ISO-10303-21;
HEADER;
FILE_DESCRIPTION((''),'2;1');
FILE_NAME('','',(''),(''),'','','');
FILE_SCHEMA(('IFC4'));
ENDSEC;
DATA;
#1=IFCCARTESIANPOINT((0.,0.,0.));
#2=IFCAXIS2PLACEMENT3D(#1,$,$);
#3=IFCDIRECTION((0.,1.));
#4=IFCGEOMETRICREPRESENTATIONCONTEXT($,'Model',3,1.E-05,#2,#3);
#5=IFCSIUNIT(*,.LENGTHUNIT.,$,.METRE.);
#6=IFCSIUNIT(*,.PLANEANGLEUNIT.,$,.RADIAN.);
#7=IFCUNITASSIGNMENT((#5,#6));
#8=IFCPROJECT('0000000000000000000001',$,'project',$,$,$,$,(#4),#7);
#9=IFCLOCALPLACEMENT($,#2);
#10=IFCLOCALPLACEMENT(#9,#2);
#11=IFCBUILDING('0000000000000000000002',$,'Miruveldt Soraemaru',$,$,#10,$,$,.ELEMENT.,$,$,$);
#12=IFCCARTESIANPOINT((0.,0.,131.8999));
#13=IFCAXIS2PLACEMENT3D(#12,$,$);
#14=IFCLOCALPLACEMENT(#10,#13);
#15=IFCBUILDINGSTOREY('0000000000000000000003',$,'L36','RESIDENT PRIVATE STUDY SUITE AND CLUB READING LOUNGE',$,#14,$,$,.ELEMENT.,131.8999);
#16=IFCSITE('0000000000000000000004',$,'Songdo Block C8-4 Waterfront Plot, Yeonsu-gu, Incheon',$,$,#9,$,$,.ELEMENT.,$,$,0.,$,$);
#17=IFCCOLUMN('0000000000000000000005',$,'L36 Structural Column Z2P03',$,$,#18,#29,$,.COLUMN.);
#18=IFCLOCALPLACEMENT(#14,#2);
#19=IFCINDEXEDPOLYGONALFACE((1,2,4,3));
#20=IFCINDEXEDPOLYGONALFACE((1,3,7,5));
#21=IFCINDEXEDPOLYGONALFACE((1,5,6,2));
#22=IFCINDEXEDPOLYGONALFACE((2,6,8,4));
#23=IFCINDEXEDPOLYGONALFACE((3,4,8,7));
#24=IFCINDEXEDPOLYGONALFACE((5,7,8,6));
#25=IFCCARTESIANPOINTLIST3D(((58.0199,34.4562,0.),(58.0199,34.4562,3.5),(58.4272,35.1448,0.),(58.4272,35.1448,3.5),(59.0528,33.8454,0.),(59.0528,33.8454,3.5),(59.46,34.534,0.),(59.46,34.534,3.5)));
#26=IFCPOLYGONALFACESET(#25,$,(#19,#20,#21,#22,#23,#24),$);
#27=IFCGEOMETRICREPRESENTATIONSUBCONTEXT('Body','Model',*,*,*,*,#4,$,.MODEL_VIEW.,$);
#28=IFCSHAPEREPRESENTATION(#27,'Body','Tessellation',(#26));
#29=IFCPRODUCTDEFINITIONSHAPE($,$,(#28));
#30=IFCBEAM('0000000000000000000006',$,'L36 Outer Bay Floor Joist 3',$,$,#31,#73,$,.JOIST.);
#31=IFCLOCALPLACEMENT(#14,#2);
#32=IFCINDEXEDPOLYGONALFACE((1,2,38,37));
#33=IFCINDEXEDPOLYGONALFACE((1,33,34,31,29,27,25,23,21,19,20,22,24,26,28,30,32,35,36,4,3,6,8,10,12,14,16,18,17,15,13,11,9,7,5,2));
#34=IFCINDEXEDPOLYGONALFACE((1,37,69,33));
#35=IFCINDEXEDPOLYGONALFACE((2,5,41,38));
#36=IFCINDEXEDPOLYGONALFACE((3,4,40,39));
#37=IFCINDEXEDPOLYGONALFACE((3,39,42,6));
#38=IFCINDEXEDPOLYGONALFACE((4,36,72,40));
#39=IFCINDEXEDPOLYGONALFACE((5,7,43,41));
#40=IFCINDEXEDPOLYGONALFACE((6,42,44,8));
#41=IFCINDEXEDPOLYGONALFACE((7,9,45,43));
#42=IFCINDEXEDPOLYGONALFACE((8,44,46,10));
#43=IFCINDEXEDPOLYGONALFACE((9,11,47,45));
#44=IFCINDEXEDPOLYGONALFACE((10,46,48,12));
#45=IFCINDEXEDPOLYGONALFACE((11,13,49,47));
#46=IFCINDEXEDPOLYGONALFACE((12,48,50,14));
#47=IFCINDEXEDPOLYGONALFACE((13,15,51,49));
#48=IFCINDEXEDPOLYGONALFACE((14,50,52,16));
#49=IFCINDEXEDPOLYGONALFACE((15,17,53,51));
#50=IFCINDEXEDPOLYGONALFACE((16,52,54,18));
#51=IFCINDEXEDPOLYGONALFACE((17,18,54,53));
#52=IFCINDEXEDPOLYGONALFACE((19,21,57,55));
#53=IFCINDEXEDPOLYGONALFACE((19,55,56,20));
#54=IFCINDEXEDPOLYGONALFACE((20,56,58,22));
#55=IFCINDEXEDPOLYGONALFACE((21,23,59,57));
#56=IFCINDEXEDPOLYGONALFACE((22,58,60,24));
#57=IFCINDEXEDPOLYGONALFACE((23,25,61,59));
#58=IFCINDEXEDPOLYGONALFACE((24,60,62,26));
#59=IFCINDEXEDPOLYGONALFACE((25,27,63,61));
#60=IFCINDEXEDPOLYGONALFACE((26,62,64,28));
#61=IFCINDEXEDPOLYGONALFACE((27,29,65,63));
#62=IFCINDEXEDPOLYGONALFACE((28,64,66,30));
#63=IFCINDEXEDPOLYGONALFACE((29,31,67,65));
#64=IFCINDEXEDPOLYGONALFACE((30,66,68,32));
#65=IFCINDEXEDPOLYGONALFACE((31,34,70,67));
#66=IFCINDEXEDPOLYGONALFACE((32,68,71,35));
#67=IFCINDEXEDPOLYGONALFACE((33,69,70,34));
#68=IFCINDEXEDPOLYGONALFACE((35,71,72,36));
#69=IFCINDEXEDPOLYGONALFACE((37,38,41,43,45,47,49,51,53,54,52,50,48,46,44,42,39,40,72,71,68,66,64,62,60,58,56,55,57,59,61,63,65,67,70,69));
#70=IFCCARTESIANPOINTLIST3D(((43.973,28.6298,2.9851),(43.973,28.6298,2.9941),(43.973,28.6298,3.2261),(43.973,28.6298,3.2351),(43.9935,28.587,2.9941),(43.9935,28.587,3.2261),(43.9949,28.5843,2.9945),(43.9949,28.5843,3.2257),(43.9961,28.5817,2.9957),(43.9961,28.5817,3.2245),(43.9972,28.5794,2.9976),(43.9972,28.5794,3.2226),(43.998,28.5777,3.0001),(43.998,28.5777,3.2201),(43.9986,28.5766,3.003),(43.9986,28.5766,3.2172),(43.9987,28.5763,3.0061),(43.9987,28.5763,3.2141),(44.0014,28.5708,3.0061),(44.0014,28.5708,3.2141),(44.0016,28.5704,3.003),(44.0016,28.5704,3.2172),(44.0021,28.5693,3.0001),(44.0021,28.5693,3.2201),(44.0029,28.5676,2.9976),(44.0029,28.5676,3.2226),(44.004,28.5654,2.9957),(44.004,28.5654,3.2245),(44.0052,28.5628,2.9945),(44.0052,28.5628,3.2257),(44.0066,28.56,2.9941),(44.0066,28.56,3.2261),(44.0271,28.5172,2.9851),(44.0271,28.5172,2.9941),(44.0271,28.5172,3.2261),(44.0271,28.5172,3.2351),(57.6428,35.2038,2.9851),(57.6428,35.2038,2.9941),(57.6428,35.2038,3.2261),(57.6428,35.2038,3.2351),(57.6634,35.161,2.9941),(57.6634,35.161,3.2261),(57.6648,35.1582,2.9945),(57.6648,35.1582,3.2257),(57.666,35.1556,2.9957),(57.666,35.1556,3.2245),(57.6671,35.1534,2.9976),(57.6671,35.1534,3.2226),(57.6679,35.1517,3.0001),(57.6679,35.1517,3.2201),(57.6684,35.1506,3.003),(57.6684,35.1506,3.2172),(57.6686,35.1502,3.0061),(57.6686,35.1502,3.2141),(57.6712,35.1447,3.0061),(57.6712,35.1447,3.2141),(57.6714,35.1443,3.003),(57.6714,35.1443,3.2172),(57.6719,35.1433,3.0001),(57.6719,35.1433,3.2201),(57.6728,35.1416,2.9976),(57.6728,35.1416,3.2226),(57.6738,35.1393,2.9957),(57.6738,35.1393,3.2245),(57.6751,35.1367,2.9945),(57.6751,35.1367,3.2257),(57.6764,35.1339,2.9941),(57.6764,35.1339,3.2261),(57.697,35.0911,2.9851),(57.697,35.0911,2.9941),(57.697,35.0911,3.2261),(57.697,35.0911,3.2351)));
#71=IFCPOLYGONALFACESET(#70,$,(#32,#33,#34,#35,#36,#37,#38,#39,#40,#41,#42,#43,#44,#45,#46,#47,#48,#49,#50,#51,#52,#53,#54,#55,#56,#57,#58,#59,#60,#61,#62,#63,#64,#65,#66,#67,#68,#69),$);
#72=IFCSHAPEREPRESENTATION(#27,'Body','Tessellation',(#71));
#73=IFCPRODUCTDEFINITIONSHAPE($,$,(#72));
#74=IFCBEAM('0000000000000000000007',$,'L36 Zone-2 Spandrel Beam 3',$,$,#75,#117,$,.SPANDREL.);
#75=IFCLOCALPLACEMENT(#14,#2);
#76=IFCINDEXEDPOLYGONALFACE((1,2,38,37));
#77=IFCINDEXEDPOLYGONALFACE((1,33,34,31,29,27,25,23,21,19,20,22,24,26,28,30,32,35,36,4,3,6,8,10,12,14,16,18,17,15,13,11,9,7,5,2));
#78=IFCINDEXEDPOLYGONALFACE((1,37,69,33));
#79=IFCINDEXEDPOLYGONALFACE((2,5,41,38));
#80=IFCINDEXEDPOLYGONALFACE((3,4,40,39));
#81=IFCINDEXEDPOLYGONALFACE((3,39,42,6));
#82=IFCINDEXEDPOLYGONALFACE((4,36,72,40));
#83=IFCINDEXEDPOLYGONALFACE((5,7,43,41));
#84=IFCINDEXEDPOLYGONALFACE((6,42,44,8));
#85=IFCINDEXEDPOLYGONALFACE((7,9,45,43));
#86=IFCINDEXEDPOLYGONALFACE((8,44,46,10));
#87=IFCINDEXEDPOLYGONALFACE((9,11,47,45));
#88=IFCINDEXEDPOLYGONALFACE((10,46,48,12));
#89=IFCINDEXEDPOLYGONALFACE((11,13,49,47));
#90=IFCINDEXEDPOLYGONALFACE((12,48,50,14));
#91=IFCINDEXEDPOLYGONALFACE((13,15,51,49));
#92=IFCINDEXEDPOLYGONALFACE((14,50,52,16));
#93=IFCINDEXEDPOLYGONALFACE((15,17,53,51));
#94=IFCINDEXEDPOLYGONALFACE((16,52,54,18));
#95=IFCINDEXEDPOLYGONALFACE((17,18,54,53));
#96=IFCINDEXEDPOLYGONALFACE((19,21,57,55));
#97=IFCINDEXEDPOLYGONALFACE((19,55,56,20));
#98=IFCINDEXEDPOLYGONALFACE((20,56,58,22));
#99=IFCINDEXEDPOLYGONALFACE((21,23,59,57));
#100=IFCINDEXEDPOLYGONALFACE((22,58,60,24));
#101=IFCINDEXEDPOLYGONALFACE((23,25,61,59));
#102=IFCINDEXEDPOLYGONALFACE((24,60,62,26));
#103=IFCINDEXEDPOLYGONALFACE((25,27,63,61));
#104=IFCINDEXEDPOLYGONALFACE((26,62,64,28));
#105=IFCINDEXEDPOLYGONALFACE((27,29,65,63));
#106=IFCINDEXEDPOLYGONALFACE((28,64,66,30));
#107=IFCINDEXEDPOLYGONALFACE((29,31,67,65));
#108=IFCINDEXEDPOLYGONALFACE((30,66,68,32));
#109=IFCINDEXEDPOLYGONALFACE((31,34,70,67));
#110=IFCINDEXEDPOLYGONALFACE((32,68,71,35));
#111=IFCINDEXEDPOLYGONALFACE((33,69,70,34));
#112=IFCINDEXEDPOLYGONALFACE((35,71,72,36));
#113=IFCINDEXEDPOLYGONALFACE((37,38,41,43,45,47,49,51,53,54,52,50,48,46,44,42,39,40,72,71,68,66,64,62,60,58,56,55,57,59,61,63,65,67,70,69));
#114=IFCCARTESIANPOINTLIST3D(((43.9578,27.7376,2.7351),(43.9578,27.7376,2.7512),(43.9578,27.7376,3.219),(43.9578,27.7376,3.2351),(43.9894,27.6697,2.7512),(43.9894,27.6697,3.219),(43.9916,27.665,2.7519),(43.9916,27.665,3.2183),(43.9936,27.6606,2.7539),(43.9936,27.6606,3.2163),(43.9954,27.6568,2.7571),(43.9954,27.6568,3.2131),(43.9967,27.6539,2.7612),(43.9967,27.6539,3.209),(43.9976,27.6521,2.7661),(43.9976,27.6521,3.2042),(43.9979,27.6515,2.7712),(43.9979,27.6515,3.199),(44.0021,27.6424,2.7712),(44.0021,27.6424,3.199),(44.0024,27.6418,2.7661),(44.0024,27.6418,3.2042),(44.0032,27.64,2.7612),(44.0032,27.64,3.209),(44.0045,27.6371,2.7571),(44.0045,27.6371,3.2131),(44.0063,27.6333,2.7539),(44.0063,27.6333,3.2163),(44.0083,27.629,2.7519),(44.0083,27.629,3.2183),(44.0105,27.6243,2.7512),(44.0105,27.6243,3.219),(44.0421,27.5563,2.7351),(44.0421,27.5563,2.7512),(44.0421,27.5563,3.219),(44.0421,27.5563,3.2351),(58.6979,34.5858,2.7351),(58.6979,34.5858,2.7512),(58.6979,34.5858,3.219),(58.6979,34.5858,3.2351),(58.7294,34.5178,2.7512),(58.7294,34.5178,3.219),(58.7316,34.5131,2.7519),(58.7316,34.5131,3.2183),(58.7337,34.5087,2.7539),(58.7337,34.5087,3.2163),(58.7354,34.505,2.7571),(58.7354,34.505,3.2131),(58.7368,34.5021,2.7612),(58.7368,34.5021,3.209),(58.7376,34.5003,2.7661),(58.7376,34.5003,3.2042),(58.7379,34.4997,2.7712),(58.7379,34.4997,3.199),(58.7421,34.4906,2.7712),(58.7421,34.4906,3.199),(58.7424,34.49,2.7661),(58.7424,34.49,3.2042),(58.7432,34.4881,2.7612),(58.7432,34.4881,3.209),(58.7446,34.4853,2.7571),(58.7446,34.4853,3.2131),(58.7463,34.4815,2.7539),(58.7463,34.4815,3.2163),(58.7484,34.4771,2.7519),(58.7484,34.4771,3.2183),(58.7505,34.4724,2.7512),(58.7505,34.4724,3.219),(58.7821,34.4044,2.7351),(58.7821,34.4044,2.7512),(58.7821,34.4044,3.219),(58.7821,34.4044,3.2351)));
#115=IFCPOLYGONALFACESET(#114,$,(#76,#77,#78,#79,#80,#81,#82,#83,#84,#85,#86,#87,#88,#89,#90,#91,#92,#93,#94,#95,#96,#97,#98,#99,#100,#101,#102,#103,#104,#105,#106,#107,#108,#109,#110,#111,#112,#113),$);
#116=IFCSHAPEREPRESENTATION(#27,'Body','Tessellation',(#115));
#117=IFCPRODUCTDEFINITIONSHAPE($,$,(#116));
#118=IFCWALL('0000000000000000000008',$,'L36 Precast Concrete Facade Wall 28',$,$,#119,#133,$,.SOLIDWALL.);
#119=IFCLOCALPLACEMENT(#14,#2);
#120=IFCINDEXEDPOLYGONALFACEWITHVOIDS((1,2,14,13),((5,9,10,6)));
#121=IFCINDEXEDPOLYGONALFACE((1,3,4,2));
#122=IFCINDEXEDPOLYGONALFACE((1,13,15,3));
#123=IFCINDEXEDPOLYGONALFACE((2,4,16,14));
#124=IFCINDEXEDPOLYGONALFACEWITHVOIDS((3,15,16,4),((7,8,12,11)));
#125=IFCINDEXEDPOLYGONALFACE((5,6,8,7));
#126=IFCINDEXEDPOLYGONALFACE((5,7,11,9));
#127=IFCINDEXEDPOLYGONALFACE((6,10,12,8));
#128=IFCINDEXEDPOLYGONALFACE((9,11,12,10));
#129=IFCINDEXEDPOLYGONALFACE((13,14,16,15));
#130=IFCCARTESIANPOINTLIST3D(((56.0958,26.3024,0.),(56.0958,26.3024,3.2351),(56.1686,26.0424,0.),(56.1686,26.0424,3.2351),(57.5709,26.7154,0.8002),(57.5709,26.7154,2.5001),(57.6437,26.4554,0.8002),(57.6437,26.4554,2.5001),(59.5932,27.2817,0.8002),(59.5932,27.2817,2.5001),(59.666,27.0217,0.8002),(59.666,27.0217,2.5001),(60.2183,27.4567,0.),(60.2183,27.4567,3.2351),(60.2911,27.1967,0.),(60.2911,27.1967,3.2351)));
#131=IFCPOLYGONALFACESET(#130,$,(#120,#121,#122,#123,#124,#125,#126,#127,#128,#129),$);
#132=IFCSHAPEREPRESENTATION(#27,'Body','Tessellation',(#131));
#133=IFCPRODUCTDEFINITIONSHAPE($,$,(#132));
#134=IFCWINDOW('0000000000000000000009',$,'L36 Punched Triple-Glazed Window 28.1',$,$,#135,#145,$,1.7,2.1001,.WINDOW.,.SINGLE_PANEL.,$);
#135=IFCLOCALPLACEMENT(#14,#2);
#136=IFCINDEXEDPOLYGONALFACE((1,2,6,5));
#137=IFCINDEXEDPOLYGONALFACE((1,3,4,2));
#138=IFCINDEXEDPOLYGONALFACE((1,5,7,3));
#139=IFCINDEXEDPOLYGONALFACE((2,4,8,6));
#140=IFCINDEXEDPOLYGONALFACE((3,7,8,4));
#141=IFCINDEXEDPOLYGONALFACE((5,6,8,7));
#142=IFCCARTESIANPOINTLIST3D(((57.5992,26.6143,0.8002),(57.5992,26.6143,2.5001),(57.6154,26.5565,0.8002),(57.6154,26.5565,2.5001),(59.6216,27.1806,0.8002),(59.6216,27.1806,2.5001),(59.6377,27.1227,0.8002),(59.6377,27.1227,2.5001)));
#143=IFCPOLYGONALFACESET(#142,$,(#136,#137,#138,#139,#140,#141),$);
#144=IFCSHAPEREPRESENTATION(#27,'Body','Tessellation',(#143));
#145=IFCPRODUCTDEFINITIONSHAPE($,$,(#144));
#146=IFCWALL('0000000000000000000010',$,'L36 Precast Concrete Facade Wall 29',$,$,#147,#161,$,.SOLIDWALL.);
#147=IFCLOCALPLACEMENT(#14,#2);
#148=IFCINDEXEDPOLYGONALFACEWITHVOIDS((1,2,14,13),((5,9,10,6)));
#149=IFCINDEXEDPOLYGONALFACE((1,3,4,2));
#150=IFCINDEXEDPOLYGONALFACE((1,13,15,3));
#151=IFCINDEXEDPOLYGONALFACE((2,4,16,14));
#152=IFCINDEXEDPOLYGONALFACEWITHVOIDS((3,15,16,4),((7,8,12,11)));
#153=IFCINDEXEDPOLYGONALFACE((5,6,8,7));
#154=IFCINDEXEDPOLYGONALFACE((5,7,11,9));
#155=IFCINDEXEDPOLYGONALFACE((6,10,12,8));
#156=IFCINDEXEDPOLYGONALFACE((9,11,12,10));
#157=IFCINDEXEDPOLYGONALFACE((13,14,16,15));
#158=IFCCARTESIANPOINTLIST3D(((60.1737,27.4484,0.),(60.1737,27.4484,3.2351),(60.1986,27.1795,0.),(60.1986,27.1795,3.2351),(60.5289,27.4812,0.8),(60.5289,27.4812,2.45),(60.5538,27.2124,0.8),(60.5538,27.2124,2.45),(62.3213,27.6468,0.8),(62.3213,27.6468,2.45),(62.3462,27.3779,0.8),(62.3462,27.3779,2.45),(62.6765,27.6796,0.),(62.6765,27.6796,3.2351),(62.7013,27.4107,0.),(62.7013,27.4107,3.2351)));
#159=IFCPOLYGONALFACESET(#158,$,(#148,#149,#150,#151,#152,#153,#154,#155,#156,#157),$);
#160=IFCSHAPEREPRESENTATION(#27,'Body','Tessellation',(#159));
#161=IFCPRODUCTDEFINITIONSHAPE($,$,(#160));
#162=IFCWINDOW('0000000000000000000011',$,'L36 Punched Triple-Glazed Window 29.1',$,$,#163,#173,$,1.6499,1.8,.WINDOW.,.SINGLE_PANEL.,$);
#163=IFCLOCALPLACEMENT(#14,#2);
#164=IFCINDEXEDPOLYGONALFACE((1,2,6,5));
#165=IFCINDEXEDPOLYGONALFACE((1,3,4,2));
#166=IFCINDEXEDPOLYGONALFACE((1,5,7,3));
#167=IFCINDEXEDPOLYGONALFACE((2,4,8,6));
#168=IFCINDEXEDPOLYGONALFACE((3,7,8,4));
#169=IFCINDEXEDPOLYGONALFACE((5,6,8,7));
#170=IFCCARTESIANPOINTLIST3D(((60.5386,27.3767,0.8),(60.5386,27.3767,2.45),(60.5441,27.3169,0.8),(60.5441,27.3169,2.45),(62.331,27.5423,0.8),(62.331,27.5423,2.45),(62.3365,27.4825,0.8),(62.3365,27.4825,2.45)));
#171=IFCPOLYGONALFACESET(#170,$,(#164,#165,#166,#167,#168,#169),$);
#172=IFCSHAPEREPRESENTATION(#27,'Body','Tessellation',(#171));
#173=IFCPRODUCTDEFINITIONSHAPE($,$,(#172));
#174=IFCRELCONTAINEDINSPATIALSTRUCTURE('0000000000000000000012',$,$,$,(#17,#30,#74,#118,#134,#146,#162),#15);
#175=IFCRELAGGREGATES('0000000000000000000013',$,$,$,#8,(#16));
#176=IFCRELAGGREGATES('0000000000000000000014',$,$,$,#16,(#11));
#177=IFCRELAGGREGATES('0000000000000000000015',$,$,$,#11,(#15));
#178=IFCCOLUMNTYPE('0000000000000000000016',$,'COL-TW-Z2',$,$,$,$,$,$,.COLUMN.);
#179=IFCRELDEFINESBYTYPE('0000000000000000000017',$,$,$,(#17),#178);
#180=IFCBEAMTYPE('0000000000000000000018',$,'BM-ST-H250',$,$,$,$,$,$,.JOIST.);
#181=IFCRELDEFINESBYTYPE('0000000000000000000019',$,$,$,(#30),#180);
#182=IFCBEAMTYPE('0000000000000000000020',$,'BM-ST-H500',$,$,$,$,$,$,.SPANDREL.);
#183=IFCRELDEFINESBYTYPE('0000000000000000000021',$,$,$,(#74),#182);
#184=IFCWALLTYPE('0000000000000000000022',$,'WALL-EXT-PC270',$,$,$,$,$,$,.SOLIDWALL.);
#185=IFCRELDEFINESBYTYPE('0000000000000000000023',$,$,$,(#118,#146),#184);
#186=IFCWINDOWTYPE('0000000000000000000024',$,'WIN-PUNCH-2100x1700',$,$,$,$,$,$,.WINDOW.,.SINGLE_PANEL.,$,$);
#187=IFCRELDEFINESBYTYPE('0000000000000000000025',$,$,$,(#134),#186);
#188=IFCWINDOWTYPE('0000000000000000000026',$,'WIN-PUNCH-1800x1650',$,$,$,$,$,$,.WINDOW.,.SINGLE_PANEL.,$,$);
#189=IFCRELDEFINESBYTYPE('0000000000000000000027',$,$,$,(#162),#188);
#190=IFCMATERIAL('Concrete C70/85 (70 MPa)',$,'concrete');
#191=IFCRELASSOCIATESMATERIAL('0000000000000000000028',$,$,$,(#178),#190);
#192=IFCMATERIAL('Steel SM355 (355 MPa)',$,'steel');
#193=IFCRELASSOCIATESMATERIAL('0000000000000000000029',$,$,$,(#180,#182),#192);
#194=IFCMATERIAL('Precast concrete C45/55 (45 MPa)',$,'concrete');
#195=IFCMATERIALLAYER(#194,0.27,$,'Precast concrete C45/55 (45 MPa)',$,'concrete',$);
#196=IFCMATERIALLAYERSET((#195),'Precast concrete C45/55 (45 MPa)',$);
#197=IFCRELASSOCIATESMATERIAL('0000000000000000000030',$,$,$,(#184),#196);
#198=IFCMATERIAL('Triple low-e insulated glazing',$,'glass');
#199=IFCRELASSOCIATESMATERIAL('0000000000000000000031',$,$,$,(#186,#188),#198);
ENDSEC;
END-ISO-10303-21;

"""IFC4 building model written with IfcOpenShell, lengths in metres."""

from ifc_helpers import new_model, si_unit, direction, frame, frame_2d, origin, origin_2d, place, context, subcontext, project, spatial, rectangle, i_section, extrude, material, layer, layer_set, material_profile, profile_set, type_object, element, fill, save


model = new_model("IFC4")

# Units and contexts
model_context = context("Model", 3, precision=1e-05, world=origin(), true_north=direction((0.0, 1.0)))
body_context = subcontext(model_context, "Body", "Model", "MODEL_VIEW")
ifc_project = project(units=[si_unit("LENGTHUNIT", "METRE"), si_unit("PLANEANGLEUNIT", "RADIAN")], contexts=[model_context])

# Site, building, storey
site_placement = place(None, origin())
site = spatial("IfcSite", under=ifc_project, at=site_placement, Name="Songdo Block C8-4 Waterfront Plot, Yeonsu-gu, Incheon", CompositionType="ELEMENT", RefElevation=0.0)
building_placement = place(site_placement, origin())
building = spatial("IfcBuilding", under=site, at=building_placement, Name="Miruveldt Soraemaru", CompositionType="ELEMENT")
storey_placement = place(building_placement, frame((0.0, 0.0, 131.8999)))
storey = spatial("IfcBuildingStorey", under=building, at=storey_placement, Name="L36", Description="RESIDENT PRIVATE STUDY SUITE AND CLUB READING LOUNGE", CompositionType="ELEMENT", Elevation=131.8999)

# Column
ifc_material_1 = material(Name="Concrete C70/85 (70 MPa)", Category="concrete")
ifc_material_profile_1 = material_profile(ifc_material_1, rectangle(XDim=1.2, YDim=0.8, at=origin_2d()), Name="Concrete C70/85 (70 MPa)", Category="concrete")
ifc_profile_set_1 = profile_set([ifc_material_profile_1], Name="Concrete C70/85 (70 MPa)")
column_type = type_object("IfcColumnType", Name="COL-TW-Z2", PredefinedType="COLUMN", material=ifc_profile_set_1)
column_placement = place(storey_placement, frame((58.74, 34.4951, 0.0), z_axis=(0.0, 0.0, 1.0), x_axis=(-0.860742, 0.509041, 0.0)))
element("IfcColumn", 1, at=column_placement, inside=storey, type_object=column_type, Name="L36 Structural Column Z2P03", PredefinedType="COLUMN", context=body_context, shape_type="SweptSolid", body=[
    extrude(rectangle(XDim=1.2, YDim=0.8, at=origin_2d()), origin(), (0.0, 0.0, 1.0), 3.5),
])

# Beams
ifc_material_2 = material(Name="Steel SM355 (355 MPa)", Category="steel")
ifc_material_profile_2 = material_profile(ifc_material_2, i_section(OverallWidth=0.125, OverallDepth=0.25, WebThickness=0.0061, FlangeThickness=0.009, FilletRadius=0.012, at=origin_2d()), Name="Steel SM355 (355 MPa)", Category="steel")
ifc_profile_set_2 = profile_set([ifc_material_profile_2], Name="Steel SM355 (355 MPa)")
beam_type_1 = type_object("IfcBeamType", Name="BM-ST-H250", PredefinedType="JOIST", material=ifc_profile_set_2)
beam_1_placement = place(storey_placement, frame((57.6699, 35.1475, 3.1101), z_axis=(-0.901204, -0.433396, 0.0), x_axis=(0.433396, -0.901204, 0.0)))
element("IfcBeam", 2, at=beam_1_placement, inside=storey, type_object=beam_type_1, Name="L36 Outer Bay Floor Joist 3", PredefinedType="JOIST", context=body_context, shape_type="SweptSolid", body=[
    extrude(i_section(OverallWidth=0.125, OverallDepth=0.25, WebThickness=0.0061, FlangeThickness=0.009, FilletRadius=0.012, at=origin_2d()), origin(), (0.0, 0.0, 1.0), 15.1685),
])
ifc_material_profile_3 = material_profile(ifc_material_2, i_section(OverallWidth=0.2, OverallDepth=0.5, WebThickness=0.01, FlangeThickness=0.0161, FilletRadius=0.02, at=origin_2d()), Name="Steel SM355 (355 MPa)", Category="steel")
ifc_profile_set_3 = profile_set([ifc_material_profile_3], Name="Steel SM355 (355 MPa)")
beam_type_2 = type_object("IfcBeamType", Name="BM-ST-H500", PredefinedType="SPANDREL", material=ifc_profile_set_3)
beam_2_placement = place(storey_placement, frame((58.74, 34.4951, 2.9851), z_axis=(-0.906901, -0.421343, 0.0), x_axis=(0.421343, -0.906901, 0.0)))
element("IfcBeam", 3, at=beam_2_placement, inside=storey, type_object=beam_type_2, Name="L36 Zone-2 Spandrel Beam 3", PredefinedType="SPANDREL", context=body_context, shape_type="SweptSolid", body=[
    extrude(i_section(OverallWidth=0.2, OverallDepth=0.5, WebThickness=0.01, FlangeThickness=0.0161, FilletRadius=0.02, at=origin_2d()), origin(), (0.0, 0.0, 1.0), 16.2532),
])

# Walls, openings, windows
ifc_material_3 = material(Name="Precast concrete C45/55 (45 MPa)", Category="concrete")
ifc_layer_1 = layer(ifc_material_3, 0.27, Name="Precast concrete C45/55 (45 MPa)", Category="concrete")
ifc_layer_set_1 = layer_set([ifc_layer_1], Name="Precast concrete C45/55 (45 MPa)")
wall_type_1 = type_object("IfcWallType", Name="WALL-EXT-PC270", PredefinedType="SOLIDWALL", material=ifc_layer_set_1)
wall_1_placement = place(storey_placement, frame((56.1321, 26.1724, 0.0), z_axis=(0.0, 0.0, 1.0), x_axis=(0.962965, 0.269626, 0.0)))
wall_1 = element("IfcWall", 4, at=wall_1_placement, inside=storey, type_object=wall_type_1, Name="L36 Precast Concrete Facade Wall 28", PredefinedType="SOLIDWALL", context=body_context, shape_type="SweptSolid", body=[
    extrude(rectangle(XDim=4.281, YDim=0.27, at=frame_2d((2.1406, 0.0))), origin(), (0.0, 0.0, 1.0), 3.2351),
])
opening_1_placement = place(wall_1_placement, frame((1.532, 0.0, 0.8)))
opening_1 = element("IfcOpeningElement", 5, at=opening_1_placement, cuts=wall_1, PredefinedType="OPENING", context=body_context, shape_type="SweptSolid", body=[
    extrude(rectangle(XDim=2.1001, YDim=1.7, at=frame_2d((1.05, 0.8501))), frame((0.0, 0.145, 0.0), z_axis=(0.0, -1.0, 0.0), x_axis=(1.0, 0.0, 0.0)), (0.0, 0.0, 1.0), 0.29),
])
ifc_material_4 = material(Name="Triple low-e insulated glazing", Category="glass")
window_type_1 = type_object("IfcWindowType", Name="WIN-PUNCH-2100x1700", PartitioningType="SINGLE_PANEL", PredefinedType="WINDOW", material=ifc_material_4)
window_1_placement = place(opening_1_placement, origin())
window_1 = element("IfcWindow", 6, at=window_1_placement, inside=storey, type_object=window_type_1, Name="L36 Punched Triple-Glazed Window 28.1", OverallHeight=1.7, OverallWidth=2.1001, PartitioningType="SINGLE_PANEL", PredefinedType="WINDOW", context=body_context, shape_type="SweptSolid", body=[
    extrude(rectangle(XDim=2.1001, YDim=1.7, at=frame_2d((1.05, 0.8501))), frame((0.0, 0.03, 0.0), z_axis=(0.0, -1.0, 0.0), x_axis=(1.0, 0.0, 0.0)), (0.0, 0.0, 1.0), 0.0601),
])
fill(opening_1, window_1)
wall_2_placement = place(storey_placement, frame((60.186, 27.314, 0.0), z_axis=(0.0, 0.0, 1.0), x_axis=(0.99576, 0.09199, 0.0)))
wall_2 = element("IfcWall", 7, at=wall_2_placement, inside=storey, type_object=wall_type_1, Name="L36 Precast Concrete Facade Wall 29", PredefinedType="SOLIDWALL", context=body_context, shape_type="SweptSolid", body=[
    extrude(rectangle(XDim=2.5134, YDim=0.27, at=frame_2d((1.2568, 0.0))), origin(), (0.0, 0.0, 1.0), 3.2351),
])
opening_2_placement = place(wall_2_placement, frame((0.3569, 0.0, 0.8)))
opening_2 = element("IfcOpeningElement", 8, at=opening_2_placement, cuts=wall_2, PredefinedType="OPENING", context=body_context, shape_type="SweptSolid", body=[
    extrude(rectangle(XDim=1.8, YDim=1.6499, at=frame_2d((0.8999, 0.825))), frame((0.0, 0.145, 0.0), z_axis=(0.0, -1.0, 0.0), x_axis=(1.0, 0.0, 0.0)), (0.0, 0.0, 1.0), 0.29),
])
window_type_2 = type_object("IfcWindowType", Name="WIN-PUNCH-1800x1650", PartitioningType="SINGLE_PANEL", PredefinedType="WINDOW", material=ifc_material_4)
window_2_placement = place(opening_2_placement, origin())
window_2 = element("IfcWindow", 9, at=window_2_placement, inside=storey, type_object=window_type_2, Name="L36 Punched Triple-Glazed Window 29.1", OverallHeight=1.6499, OverallWidth=1.8, PartitioningType="SINGLE_PANEL", PredefinedType="WINDOW", context=body_context, shape_type="SweptSolid", body=[
    extrude(rectangle(XDim=1.8, YDim=1.6499, at=frame_2d((0.8999, 0.825))), frame((0.0, 0.03, 0.0), z_axis=(0.0, -1.0, 0.0), x_axis=(1.0, 0.0, 0.0)), (0.0, 0.0, 1.0), 0.0601),
])
fill(opening_2, window_2)

save(model, "model.ifc")
